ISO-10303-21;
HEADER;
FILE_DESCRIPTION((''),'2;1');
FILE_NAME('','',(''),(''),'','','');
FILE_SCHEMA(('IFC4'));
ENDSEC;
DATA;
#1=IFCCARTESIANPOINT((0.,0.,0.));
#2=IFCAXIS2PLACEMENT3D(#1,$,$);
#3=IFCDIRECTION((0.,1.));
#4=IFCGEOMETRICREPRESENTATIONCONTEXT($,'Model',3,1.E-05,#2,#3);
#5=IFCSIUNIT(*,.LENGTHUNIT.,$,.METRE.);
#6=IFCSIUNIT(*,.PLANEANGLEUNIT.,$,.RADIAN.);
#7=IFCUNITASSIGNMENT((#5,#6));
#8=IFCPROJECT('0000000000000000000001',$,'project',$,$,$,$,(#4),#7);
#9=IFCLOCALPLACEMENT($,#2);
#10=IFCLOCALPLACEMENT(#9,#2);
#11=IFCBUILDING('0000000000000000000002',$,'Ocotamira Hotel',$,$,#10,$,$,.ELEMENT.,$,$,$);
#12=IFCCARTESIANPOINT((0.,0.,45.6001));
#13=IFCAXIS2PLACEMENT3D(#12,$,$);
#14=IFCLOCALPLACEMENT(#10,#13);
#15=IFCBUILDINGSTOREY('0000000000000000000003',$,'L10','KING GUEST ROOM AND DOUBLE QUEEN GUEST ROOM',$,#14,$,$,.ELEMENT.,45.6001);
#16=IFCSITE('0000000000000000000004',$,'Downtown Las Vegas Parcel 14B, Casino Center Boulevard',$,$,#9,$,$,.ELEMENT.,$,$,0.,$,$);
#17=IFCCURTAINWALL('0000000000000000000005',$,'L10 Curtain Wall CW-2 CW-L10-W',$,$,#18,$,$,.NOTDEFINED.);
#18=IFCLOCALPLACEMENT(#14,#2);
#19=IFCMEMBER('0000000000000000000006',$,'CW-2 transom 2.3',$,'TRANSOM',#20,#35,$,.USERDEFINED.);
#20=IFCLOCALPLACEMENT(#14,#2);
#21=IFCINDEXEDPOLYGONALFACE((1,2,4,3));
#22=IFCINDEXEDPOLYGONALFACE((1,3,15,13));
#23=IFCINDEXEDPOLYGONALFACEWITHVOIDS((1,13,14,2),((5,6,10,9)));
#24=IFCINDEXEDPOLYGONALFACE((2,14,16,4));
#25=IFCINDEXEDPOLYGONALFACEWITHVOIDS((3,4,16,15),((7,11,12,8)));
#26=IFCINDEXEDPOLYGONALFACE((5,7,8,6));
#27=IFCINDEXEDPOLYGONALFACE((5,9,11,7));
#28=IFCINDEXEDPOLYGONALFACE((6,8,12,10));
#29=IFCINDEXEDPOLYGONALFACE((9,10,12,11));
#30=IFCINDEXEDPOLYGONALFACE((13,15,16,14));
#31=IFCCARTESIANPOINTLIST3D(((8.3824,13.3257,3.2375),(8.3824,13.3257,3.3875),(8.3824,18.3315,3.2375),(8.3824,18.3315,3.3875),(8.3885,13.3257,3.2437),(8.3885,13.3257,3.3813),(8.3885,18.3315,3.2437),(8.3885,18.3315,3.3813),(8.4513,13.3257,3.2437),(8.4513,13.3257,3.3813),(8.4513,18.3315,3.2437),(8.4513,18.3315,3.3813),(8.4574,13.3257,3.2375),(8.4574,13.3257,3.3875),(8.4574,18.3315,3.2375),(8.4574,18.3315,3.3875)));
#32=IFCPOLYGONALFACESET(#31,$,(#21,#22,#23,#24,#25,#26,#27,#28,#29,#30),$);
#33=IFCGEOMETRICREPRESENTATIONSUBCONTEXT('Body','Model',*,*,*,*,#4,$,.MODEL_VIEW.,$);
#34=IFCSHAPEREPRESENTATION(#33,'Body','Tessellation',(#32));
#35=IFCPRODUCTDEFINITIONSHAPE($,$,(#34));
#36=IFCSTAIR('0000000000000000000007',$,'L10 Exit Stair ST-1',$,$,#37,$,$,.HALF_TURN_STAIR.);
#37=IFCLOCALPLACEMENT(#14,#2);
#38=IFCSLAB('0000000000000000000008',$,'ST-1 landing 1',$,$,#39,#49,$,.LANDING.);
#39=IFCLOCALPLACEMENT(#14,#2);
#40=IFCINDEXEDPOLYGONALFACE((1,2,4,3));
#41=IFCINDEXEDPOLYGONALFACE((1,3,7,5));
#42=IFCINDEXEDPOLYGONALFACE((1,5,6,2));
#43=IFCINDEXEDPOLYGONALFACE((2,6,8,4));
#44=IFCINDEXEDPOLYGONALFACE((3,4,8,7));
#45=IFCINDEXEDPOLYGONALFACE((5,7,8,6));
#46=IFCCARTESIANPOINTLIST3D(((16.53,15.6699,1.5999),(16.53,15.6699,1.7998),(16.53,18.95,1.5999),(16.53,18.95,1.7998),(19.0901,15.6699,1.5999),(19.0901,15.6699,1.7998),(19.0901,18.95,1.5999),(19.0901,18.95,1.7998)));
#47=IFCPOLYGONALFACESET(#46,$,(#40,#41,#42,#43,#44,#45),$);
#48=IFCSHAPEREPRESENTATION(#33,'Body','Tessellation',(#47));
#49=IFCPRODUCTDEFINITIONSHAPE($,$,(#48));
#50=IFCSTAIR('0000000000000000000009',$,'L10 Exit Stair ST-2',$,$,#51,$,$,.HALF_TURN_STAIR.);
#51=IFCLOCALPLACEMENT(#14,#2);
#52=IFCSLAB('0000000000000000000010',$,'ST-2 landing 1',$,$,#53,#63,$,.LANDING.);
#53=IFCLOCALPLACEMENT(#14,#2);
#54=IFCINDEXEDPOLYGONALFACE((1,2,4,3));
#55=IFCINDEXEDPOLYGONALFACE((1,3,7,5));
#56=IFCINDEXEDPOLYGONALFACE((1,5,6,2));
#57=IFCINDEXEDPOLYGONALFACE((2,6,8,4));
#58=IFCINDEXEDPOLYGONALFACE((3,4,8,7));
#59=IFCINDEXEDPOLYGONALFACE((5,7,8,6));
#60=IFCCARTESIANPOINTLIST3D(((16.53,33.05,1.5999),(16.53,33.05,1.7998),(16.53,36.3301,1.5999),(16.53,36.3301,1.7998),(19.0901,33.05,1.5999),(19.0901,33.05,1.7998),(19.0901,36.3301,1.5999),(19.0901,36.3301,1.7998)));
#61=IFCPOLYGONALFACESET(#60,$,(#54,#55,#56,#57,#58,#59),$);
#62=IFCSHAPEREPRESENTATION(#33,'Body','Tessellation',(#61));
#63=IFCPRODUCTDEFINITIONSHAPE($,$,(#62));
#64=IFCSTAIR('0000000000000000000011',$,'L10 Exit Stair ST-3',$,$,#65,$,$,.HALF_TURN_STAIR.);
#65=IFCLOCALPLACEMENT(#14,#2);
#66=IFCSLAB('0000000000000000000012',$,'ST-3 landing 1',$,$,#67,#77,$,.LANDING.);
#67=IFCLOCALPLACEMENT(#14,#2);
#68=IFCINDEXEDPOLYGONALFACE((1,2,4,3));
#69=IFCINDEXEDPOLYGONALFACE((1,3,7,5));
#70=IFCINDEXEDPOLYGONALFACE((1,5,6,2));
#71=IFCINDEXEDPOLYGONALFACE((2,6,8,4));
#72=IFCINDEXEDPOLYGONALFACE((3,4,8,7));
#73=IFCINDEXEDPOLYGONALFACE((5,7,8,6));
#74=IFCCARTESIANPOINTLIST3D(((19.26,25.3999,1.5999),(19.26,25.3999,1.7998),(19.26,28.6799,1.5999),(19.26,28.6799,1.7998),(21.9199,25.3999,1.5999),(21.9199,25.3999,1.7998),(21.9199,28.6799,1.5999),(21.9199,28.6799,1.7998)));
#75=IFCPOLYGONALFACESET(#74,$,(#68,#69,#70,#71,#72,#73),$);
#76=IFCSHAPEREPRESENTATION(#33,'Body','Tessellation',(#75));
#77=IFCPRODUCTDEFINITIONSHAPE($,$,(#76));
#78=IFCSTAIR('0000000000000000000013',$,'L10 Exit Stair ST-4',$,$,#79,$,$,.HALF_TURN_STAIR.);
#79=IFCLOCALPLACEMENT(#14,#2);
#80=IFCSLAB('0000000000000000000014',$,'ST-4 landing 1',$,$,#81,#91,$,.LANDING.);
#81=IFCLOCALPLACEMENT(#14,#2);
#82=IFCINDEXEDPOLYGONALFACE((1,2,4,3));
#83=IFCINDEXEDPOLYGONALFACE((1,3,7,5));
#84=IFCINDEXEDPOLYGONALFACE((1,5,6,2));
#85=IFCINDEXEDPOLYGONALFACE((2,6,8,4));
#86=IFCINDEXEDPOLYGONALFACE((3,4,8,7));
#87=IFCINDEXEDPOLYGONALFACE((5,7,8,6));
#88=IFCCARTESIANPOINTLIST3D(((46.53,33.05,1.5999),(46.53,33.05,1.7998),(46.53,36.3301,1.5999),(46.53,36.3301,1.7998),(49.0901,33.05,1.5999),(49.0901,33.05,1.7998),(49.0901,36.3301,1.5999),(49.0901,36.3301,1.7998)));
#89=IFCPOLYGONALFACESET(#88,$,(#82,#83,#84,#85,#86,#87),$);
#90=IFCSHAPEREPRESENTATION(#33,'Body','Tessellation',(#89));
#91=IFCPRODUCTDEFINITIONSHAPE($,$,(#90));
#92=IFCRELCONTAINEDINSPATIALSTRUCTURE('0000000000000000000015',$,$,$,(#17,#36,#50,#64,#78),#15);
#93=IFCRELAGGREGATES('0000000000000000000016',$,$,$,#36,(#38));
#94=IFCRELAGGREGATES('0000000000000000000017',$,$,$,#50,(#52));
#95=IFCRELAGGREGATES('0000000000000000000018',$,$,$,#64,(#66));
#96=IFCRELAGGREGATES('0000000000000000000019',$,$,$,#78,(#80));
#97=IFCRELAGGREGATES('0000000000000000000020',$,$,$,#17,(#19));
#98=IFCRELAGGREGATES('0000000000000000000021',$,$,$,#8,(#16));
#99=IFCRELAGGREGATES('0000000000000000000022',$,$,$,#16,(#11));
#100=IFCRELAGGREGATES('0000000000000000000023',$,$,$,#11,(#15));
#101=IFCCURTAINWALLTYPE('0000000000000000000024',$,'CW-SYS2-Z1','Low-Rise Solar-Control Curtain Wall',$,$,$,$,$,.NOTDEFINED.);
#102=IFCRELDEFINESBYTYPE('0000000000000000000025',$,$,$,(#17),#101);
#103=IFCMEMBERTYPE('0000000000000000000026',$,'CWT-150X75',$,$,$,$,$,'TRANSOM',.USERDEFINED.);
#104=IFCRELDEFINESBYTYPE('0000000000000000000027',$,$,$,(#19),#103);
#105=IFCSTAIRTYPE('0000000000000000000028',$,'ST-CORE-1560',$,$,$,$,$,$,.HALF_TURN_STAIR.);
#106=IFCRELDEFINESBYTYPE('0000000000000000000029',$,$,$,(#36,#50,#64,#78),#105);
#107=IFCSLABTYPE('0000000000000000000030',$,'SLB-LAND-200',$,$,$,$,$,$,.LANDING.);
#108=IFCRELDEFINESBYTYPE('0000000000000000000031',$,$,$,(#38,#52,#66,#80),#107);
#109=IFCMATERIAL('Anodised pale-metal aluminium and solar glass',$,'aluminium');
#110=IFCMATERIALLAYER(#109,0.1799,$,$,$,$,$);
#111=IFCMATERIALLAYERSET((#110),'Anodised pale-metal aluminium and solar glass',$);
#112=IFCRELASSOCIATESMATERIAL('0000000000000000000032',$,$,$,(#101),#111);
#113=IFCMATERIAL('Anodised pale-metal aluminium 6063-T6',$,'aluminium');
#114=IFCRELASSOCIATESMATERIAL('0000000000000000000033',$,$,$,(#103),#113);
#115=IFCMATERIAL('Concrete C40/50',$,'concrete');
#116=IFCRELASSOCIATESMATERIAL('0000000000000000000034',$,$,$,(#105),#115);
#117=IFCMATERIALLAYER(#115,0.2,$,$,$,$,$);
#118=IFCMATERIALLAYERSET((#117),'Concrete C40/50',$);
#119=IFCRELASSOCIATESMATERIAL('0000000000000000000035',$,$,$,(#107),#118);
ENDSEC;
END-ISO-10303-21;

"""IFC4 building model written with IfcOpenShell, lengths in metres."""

from ifc_helpers import new_model, si_unit, direction, frame, origin, origin_2d, place, context, subcontext, project, spatial, polyline, hollow_rectangle, outline, extrude, source, transform, mapped, material, layer, layer_set, material_profile, profile_set, type_object, element, aggregate, save


model = new_model("IFC4")

# Units and contexts
model_context = context("Model", 3, precision=1e-05, world=origin(), true_north=direction((0.0, 1.0)))
body_context = subcontext(model_context, "Body", "Model", "MODEL_VIEW")
ifc_project = project(units=[si_unit("LENGTHUNIT", "METRE"), si_unit("PLANEANGLEUNIT", "RADIAN")], contexts=[model_context])

# Site, building, storey
site_placement = place(None, origin())
site = spatial("IfcSite", under=ifc_project, at=site_placement, Name="Downtown Las Vegas Parcel 14B, Casino Center Boulevard", CompositionType="ELEMENT", RefElevation=0.0)
building_placement = place(site_placement, origin())
building = spatial("IfcBuilding", under=site, at=building_placement, Name="Ocotamira Hotel", CompositionType="ELEMENT")
storey_placement = place(building_placement, frame((0.0, 0.0, 45.6001)))
storey = spatial("IfcBuildingStorey", under=building, at=storey_placement, Name="L10", Description="KING GUEST ROOM AND DOUBLE QUEEN GUEST ROOM", CompositionType="ELEMENT", Elevation=45.6001)

# Curtain wall, member
ifc_material_1 = material(Name="Anodised pale-metal aluminium and solar glass", Category="aluminium")
ifc_layer_1 = layer(ifc_material_1, 0.1799)
ifc_layer_set_1 = layer_set([ifc_layer_1], Name="Anodised pale-metal aluminium and solar glass")
curtain_wall_type = type_object("IfcCurtainWallType", Name="CW-SYS2-Z1", Description="Low-Rise Solar-Control Curtain Wall", PredefinedType="NOTDEFINED", material=ifc_layer_set_1)
curtain_wall_placement = place(storey_placement, origin())
curtain_wall = element("IfcCurtainWall", 1, at=curtain_wall_placement, inside=storey, type_object=curtain_wall_type, Name="L10 Curtain Wall CW-2 CW-L10-W", PredefinedType="NOTDEFINED")
ifc_material_2 = material(Name="Anodised pale-metal aluminium 6063-T6", Category="aluminium")
ifc_material_profile_1 = material_profile(ifc_material_2, hollow_rectangle(XDim=0.075, YDim=0.1499, WallThickness=0.0061, at=origin_2d()), Name="HSS150X75X6")
ifc_profile_set_1 = profile_set([ifc_material_profile_1], Name="Anodised pale-metal aluminium 6063-T6")
member_type_1 = type_object("IfcMemberType", Name="CWT-150X75", ElementType="TRANSOM", PredefinedType="USERDEFINED", material=ifc_profile_set_1)
shared_shape_1 = source(origin(), body_context, "Body", "SweptSolid", [
    extrude(hollow_rectangle(XDim=0.075, YDim=0.1499, WallThickness=0.0061, at=origin_2d()), origin(), (0.0, 0.0, 1.0), 5.0059),
])
member_1_placement = place(storey_placement, frame((8.4199, 13.3257, 3.3125), z_axis=(0.0, 1.0, 0.0), x_axis=(-1.0, 0.0, 0.0)))
member_1 = element("IfcMember", 2, at=member_1_placement, type_object=member_type_1, Name="CW-2 transom 2.3", ObjectType="TRANSOM", PredefinedType="USERDEFINED", context=body_context, shape_type="MappedRepresentation", body=[
    mapped(shared_shape_1, transform((0.0, 0.0, 0.0), scale=1.0)),
])

# Stairs, slabs
ifc_material_3 = material(Name="Concrete C40/50", Category="concrete")
stair_type = type_object("IfcStairType", Name="ST-CORE-1560", PredefinedType="HALF_TURN_STAIR", material=ifc_material_3)
stair_1_placement = place(storey_placement, origin())
stair_1 = element("IfcStair", 3, at=stair_1_placement, inside=storey, type_object=stair_type, Name="L10 Exit Stair ST-1", PredefinedType="HALF_TURN_STAIR")
ifc_layer_2 = layer(ifc_material_3, 0.2)
ifc_layer_set_2 = layer_set([ifc_layer_2], Name="Concrete C40/50")
slab_type_1 = type_object("IfcSlabType", Name="SLB-LAND-200", PredefinedType="LANDING", material=ifc_layer_set_2)
slab_1_placement = place(storey_placement, frame((0.0, 0.0, 1.5999)))
slab_1 = element("IfcSlab", 4, at=slab_1_placement, type_object=slab_type_1, Name="ST-1 landing 1", PredefinedType="LANDING", context=body_context, shape_type="SweptSolid", body=[
    extrude(outline(polyline([(16.53, 15.6699), (19.0901, 15.6699), (19.0901, 18.95), (16.53, 18.95), (16.53, 15.6699)])), origin(), (0.0, 0.0, 1.0), 0.2),
])
aggregate(stair_1, [slab_1])
stair_2_placement = place(storey_placement, origin())
stair_2 = element("IfcStair", 5, at=stair_2_placement, inside=storey, type_object=stair_type, Name="L10 Exit Stair ST-2", PredefinedType="HALF_TURN_STAIR")
slab_2_placement = place(storey_placement, frame((0.0, 0.0, 1.5999)))
slab_2 = element("IfcSlab", 6, at=slab_2_placement, type_object=slab_type_1, Name="ST-2 landing 1", PredefinedType="LANDING", context=body_context, shape_type="SweptSolid", body=[
    extrude(outline(polyline([(16.53, 33.05), (19.0901, 33.05), (19.0901, 36.3301), (16.53, 36.3301), (16.53, 33.05)])), origin(), (0.0, 0.0, 1.0), 0.2),
])
aggregate(stair_2, [slab_2])
stair_3_placement = place(storey_placement, origin())
stair_3 = element("IfcStair", 7, at=stair_3_placement, inside=storey, type_object=stair_type, Name="L10 Exit Stair ST-3", PredefinedType="HALF_TURN_STAIR")
slab_3_placement = place(storey_placement, frame((0.0, 0.0, 1.5999)))
slab_3 = element("IfcSlab", 8, at=slab_3_placement, type_object=slab_type_1, Name="ST-3 landing 1", PredefinedType="LANDING", context=body_context, shape_type="SweptSolid", body=[
    extrude(outline(polyline([(19.26, 25.3999), (21.9199, 25.3999), (21.9199, 28.6799), (19.26, 28.6799), (19.26, 25.3999)])), origin(), (0.0, 0.0, 1.0), 0.2),
])
aggregate(stair_3, [slab_3])
stair_4_placement = place(storey_placement, origin())
stair_4 = element("IfcStair", 9, at=stair_4_placement, inside=storey, type_object=stair_type, Name="L10 Exit Stair ST-4", PredefinedType="HALF_TURN_STAIR")
slab_4_placement = place(storey_placement, frame((0.0, 0.0, 1.5999)))
slab_4 = element("IfcSlab", 10, at=slab_4_placement, type_object=slab_type_1, Name="ST-4 landing 1", PredefinedType="LANDING", context=body_context, shape_type="SweptSolid", body=[
    extrude(outline(polyline([(46.53, 33.05), (49.0901, 33.05), (49.0901, 36.3301), (46.53, 36.3301), (46.53, 33.05)])), origin(), (0.0, 0.0, 1.0), 0.2),
])
aggregate(stair_4, [slab_4])

aggregate(curtain_wall, [member_1])

save(model, "model.ifc")
